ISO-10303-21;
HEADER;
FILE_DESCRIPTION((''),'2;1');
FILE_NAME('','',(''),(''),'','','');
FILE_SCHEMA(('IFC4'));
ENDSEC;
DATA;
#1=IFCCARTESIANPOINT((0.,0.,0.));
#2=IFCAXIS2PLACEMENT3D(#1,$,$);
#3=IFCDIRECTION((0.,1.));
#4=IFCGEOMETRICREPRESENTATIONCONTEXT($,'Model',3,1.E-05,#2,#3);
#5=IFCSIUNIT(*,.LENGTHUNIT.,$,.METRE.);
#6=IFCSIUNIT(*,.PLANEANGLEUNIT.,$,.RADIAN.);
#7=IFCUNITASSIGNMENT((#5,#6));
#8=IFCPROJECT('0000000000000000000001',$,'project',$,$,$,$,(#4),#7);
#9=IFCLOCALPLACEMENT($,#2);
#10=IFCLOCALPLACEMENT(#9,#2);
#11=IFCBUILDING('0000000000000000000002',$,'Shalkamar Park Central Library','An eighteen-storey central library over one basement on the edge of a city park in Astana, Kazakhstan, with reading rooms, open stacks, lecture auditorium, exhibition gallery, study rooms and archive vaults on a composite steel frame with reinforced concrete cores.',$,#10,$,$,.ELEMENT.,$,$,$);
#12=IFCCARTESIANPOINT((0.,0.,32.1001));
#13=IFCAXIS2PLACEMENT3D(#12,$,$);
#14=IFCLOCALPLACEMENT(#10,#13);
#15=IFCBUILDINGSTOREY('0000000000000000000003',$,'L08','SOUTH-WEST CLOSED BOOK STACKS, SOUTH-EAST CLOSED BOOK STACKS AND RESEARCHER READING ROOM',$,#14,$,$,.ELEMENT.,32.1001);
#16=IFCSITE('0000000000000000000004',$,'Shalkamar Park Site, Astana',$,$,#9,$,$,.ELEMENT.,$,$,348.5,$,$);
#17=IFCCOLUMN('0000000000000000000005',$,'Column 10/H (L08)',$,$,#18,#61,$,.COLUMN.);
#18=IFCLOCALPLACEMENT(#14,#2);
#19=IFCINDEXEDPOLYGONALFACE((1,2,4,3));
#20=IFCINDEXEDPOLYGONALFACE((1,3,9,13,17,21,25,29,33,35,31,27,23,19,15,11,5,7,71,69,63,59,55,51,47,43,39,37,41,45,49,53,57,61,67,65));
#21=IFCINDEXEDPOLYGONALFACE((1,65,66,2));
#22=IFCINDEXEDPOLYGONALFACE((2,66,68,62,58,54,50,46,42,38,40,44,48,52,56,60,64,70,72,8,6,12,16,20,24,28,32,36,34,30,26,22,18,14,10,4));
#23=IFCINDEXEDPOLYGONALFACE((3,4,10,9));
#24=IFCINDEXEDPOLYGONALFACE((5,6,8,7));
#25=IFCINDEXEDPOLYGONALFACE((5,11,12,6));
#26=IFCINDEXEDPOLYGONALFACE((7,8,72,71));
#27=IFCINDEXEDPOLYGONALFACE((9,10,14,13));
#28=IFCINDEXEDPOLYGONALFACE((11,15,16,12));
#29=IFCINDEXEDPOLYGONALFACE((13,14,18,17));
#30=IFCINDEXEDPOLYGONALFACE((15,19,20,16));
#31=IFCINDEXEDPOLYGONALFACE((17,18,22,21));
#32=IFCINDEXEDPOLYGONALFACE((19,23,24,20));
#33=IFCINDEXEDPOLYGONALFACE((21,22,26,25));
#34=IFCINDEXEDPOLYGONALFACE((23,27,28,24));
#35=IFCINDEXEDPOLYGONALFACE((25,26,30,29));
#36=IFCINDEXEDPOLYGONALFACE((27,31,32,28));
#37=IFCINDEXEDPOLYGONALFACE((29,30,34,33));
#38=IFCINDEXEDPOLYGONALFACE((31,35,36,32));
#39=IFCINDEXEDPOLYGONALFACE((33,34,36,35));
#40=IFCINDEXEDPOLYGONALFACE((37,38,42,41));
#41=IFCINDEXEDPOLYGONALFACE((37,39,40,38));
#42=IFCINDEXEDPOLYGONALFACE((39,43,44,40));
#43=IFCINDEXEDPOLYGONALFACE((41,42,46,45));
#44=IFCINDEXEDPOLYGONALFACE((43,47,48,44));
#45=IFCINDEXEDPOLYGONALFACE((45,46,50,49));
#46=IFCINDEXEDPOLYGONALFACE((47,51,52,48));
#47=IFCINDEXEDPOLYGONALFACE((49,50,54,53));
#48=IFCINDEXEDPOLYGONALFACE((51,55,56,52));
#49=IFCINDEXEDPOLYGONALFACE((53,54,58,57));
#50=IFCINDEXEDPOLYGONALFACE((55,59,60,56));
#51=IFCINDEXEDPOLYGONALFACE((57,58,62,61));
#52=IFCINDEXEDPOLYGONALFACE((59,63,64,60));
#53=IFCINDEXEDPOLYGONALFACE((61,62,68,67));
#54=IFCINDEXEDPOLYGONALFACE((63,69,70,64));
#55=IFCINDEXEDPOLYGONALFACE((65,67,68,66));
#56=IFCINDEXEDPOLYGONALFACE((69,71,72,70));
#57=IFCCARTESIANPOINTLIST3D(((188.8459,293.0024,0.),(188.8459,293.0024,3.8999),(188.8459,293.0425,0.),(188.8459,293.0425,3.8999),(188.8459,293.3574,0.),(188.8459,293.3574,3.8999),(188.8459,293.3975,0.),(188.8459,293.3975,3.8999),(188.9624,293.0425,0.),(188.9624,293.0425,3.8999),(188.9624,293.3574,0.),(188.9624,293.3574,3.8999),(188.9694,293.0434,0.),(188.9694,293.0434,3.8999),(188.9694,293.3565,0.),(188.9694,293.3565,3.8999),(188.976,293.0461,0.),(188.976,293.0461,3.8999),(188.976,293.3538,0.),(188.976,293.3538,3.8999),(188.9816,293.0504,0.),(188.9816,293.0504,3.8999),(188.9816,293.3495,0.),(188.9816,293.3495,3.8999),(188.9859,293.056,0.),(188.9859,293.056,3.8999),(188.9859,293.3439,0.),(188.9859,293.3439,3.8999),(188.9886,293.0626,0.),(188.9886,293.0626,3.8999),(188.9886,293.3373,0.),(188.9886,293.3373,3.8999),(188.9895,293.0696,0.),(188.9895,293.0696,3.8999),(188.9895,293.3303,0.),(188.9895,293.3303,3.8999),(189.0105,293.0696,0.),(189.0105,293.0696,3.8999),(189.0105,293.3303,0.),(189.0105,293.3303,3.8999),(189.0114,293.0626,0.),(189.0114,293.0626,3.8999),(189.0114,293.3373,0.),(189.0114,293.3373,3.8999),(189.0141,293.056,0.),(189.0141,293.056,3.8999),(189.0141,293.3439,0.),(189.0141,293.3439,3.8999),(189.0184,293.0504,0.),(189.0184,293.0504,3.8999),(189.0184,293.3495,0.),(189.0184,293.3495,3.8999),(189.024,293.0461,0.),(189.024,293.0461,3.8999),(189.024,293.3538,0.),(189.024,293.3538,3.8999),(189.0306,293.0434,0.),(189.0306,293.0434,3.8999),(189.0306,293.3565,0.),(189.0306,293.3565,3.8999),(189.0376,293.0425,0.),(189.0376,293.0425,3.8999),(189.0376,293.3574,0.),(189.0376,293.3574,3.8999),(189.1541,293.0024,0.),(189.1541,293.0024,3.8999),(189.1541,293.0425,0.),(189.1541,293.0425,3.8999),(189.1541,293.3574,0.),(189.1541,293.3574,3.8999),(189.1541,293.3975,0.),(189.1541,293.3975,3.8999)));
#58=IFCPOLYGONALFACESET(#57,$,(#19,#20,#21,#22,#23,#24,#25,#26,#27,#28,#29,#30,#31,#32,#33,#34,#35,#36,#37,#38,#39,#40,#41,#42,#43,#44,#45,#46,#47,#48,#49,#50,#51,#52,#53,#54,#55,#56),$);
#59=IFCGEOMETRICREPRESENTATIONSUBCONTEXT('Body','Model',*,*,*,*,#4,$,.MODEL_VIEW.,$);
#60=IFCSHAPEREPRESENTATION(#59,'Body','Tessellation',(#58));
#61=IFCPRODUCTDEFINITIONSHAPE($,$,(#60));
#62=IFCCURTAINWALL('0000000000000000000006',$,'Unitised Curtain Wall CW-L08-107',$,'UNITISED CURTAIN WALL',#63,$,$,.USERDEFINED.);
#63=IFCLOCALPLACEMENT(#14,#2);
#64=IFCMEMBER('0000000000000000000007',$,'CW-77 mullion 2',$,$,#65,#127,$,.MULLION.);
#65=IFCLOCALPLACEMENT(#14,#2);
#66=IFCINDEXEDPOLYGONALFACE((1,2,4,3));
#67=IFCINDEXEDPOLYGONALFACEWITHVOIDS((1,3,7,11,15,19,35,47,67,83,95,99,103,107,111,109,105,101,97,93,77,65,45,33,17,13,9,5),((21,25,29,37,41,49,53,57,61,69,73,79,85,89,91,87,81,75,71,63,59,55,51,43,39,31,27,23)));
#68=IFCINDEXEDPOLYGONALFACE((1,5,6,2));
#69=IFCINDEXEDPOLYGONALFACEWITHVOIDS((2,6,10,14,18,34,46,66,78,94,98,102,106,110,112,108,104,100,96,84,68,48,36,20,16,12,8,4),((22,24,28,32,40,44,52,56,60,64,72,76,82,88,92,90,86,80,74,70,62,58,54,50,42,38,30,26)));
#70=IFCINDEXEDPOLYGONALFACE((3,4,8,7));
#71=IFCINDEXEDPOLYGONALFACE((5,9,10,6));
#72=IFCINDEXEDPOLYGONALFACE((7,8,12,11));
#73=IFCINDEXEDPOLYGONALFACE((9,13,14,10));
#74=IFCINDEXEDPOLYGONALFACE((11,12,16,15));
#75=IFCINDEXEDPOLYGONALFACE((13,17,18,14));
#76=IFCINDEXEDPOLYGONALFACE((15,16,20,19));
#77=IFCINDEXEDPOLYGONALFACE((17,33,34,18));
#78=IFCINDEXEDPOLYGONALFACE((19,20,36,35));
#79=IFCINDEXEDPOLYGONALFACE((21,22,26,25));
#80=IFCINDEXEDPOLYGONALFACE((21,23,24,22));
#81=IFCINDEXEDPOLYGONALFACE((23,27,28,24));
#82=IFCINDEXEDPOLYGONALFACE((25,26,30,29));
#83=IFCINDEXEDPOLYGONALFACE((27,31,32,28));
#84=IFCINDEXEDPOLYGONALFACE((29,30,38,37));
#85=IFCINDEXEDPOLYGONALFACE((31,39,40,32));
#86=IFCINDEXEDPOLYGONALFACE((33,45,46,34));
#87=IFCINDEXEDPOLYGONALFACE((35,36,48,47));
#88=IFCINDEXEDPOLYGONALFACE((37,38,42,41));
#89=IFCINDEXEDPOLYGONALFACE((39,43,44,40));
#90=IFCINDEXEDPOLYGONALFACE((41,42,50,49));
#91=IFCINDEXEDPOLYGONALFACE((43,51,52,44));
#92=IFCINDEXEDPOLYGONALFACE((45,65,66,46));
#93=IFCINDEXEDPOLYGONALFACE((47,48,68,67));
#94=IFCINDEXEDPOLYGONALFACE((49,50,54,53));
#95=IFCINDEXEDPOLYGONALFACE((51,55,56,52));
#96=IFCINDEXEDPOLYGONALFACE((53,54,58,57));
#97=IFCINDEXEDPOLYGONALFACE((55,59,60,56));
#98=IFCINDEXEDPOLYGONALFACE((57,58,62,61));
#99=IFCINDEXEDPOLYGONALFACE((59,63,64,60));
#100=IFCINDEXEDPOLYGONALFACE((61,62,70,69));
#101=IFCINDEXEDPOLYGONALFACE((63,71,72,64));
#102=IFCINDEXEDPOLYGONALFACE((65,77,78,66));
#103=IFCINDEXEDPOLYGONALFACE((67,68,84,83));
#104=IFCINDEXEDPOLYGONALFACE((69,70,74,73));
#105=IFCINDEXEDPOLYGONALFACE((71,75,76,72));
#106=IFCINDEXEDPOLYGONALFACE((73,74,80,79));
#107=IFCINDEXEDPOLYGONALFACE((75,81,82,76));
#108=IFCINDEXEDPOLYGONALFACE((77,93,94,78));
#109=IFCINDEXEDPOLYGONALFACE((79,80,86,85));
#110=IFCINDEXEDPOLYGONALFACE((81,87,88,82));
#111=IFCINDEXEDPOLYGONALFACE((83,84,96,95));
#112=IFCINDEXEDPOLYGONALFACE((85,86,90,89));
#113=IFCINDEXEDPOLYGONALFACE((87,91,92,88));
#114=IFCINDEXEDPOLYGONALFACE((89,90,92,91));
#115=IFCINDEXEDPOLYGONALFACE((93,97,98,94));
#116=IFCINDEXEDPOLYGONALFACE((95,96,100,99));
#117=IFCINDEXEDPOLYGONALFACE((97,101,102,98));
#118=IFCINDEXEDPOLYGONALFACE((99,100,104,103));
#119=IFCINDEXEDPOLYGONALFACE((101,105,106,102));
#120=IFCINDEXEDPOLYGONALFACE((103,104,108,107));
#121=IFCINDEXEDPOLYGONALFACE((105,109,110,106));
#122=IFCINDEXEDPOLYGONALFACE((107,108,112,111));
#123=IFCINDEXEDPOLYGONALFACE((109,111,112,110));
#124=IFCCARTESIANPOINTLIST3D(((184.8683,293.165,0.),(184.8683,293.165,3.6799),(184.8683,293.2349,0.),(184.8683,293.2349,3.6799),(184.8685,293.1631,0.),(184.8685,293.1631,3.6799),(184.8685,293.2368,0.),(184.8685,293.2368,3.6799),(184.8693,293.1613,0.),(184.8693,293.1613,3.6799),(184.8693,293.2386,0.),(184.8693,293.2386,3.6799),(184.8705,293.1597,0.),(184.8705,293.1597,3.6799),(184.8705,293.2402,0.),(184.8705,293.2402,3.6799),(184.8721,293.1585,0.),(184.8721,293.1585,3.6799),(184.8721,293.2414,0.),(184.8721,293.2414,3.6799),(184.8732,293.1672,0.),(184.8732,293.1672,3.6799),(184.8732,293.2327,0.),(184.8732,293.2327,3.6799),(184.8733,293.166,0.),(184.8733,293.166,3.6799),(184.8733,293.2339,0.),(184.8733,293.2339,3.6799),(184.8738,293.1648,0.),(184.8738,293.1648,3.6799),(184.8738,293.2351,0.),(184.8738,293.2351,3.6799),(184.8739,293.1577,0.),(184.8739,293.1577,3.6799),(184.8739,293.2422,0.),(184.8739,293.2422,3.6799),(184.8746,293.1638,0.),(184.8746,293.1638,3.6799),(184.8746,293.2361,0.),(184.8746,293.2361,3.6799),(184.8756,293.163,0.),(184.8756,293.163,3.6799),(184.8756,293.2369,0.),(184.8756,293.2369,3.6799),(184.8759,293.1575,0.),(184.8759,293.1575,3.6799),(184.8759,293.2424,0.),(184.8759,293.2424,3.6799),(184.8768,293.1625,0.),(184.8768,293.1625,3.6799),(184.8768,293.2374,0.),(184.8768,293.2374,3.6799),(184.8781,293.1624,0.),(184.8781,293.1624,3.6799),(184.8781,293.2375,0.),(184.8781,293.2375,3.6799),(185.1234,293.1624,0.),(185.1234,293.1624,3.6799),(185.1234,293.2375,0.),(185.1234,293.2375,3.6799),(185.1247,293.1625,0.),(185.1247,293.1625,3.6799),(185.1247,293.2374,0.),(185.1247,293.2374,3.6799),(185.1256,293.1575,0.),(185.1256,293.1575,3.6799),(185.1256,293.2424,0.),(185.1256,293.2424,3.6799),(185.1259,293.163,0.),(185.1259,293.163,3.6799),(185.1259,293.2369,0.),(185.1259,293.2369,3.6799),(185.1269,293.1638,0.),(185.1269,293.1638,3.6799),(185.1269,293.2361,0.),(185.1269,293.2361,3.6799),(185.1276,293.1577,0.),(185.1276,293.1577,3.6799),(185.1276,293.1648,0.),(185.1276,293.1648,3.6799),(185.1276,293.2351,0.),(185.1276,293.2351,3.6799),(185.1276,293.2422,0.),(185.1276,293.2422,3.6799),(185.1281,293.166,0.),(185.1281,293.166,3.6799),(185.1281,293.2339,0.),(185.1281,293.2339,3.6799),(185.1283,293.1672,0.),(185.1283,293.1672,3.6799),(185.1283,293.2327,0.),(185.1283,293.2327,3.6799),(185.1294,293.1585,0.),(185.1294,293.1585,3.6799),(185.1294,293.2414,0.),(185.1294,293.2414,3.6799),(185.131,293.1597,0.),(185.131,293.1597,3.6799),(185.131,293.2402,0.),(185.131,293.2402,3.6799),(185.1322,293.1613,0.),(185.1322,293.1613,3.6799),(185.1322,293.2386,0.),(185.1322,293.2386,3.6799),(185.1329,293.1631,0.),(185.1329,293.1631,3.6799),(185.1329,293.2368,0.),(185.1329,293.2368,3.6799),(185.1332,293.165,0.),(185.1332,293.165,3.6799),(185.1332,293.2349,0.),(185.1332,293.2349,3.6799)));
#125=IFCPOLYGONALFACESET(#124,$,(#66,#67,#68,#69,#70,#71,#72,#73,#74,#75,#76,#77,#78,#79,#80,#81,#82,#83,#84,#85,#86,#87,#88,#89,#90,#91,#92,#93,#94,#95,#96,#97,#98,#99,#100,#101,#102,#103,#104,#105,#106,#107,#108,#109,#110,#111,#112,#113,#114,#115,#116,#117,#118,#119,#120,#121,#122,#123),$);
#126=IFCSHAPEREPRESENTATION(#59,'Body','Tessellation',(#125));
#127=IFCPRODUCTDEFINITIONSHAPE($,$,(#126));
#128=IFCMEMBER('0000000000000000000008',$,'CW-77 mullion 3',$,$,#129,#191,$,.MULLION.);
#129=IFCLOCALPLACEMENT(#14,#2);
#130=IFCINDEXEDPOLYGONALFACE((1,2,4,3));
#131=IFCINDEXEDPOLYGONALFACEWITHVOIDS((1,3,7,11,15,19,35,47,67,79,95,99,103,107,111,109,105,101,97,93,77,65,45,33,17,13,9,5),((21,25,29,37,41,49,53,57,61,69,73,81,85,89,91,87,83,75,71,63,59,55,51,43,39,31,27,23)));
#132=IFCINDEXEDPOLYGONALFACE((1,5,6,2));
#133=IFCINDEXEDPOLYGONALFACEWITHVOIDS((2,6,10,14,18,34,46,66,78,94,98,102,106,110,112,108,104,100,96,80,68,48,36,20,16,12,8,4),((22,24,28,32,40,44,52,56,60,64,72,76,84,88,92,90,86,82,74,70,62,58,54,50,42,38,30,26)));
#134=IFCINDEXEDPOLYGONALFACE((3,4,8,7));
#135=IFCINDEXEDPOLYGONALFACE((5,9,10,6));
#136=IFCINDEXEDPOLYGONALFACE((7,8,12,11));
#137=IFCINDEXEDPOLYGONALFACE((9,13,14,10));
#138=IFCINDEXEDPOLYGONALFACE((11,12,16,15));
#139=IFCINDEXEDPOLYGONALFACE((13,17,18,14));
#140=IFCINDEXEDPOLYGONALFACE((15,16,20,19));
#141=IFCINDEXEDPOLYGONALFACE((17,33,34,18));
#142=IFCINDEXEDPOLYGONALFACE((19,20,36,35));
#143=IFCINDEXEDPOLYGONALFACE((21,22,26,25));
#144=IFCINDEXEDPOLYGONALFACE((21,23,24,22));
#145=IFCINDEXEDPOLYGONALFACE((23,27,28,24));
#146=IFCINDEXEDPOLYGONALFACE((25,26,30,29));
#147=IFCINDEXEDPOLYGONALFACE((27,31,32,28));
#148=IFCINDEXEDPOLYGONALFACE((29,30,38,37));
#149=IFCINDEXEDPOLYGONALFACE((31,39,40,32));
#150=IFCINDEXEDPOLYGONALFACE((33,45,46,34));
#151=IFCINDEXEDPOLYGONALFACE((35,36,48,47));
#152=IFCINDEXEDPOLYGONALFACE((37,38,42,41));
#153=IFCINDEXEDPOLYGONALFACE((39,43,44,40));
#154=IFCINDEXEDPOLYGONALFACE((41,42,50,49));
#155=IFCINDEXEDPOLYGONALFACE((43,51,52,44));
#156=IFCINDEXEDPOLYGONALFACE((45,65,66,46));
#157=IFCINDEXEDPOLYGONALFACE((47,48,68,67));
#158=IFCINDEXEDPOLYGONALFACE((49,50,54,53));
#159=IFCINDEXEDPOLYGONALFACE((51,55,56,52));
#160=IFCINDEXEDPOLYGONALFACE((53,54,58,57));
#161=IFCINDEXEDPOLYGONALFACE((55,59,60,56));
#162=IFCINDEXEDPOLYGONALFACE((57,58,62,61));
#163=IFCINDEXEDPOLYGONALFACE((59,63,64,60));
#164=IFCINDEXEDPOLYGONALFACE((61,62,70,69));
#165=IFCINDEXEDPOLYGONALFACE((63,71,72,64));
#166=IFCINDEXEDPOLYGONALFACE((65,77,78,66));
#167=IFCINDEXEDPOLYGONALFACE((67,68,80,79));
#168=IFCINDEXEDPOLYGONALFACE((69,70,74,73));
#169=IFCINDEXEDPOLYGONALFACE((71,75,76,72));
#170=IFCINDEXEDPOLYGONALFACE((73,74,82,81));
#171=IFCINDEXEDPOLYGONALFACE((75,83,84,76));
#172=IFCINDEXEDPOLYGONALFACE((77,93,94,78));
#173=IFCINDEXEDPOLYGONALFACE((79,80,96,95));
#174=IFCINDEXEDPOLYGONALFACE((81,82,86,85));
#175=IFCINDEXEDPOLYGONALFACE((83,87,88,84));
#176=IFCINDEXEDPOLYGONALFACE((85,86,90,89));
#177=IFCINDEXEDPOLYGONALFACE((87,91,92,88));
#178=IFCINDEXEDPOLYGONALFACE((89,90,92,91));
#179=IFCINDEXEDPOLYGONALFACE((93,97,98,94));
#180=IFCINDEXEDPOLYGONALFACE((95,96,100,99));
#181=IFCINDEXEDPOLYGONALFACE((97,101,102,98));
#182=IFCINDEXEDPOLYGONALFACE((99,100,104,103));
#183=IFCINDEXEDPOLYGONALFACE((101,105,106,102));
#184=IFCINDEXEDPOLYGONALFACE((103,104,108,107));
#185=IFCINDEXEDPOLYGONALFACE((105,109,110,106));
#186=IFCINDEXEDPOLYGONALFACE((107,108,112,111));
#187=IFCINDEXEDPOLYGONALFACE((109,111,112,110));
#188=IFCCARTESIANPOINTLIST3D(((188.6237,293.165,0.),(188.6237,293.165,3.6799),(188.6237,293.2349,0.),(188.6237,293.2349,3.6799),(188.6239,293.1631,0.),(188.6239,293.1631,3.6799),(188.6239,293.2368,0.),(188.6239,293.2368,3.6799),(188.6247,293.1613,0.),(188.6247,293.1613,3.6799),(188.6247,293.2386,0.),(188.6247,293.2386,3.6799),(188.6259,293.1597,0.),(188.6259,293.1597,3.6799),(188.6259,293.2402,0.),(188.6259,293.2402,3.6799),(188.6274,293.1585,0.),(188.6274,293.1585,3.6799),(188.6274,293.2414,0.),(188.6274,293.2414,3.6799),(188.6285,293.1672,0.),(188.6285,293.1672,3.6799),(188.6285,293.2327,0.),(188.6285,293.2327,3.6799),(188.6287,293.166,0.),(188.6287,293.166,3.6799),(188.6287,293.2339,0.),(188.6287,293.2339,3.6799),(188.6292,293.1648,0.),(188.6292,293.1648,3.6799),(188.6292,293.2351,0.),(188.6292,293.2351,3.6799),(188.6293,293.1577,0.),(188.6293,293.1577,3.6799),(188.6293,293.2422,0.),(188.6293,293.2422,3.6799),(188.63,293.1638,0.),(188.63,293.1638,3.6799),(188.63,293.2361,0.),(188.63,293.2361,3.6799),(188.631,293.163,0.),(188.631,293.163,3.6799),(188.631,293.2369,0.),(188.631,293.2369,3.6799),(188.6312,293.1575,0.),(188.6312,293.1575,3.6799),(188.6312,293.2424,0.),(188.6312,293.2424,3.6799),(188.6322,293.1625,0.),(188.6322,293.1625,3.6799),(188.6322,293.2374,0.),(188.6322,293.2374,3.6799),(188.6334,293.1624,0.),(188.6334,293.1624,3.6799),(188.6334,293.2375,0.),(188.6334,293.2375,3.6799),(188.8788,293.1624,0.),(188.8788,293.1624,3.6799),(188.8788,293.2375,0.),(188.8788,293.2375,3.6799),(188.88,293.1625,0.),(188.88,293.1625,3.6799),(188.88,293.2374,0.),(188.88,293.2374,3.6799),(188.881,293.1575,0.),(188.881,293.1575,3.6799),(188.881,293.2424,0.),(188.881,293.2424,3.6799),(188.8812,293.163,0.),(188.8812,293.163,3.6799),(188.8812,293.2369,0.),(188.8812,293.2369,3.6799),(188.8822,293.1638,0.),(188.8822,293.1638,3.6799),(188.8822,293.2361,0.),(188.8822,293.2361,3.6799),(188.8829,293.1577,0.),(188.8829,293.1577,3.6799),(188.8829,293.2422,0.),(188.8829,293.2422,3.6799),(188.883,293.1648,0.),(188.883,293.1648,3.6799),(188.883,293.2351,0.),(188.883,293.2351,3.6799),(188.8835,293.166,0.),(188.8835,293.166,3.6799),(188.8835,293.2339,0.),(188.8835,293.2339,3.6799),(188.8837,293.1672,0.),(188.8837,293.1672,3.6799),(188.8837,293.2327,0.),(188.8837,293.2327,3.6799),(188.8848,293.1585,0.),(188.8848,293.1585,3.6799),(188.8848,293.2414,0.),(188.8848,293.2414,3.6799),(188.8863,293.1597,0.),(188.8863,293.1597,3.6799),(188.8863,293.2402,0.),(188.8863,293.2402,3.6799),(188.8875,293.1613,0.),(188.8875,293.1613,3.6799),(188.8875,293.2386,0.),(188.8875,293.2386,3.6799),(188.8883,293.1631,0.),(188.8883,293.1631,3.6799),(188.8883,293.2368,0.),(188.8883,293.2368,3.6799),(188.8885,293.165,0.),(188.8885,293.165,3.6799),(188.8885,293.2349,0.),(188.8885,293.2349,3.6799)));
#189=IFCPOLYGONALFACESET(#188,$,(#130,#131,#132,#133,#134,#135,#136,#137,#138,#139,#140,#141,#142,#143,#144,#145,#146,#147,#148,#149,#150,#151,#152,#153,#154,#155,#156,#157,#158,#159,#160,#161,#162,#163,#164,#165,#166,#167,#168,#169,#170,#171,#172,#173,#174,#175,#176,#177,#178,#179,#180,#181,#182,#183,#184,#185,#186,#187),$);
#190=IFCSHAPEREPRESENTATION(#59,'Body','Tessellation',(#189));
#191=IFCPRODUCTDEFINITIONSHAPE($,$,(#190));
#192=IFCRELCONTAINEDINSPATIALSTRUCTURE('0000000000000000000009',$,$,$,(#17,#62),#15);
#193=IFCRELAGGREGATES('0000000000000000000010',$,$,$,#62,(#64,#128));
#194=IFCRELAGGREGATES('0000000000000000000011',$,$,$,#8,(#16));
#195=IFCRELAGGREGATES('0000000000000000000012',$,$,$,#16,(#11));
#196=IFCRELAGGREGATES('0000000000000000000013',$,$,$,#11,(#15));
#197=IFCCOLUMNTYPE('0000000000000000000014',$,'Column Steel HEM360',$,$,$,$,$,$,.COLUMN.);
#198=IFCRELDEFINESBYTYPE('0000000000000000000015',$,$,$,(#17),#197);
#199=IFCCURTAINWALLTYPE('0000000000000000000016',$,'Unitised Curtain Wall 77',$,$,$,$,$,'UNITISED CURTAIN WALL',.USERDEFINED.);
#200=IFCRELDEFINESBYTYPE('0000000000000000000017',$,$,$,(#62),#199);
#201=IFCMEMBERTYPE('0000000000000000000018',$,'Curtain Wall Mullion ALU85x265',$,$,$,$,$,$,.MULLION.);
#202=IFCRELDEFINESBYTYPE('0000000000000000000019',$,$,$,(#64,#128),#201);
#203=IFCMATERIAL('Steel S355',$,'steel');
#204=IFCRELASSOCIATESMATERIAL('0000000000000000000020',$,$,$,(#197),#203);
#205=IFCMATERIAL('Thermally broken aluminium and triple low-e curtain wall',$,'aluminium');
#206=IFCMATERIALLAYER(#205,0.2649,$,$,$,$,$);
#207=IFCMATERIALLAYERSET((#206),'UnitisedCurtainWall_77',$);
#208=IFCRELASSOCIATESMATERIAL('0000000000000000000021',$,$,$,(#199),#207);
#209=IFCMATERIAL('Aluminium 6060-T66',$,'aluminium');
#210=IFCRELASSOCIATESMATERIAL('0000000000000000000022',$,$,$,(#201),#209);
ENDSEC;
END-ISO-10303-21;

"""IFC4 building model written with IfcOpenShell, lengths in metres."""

from ifc_helpers import new_model, si_unit, direction, frame, origin, origin_2d, place, context, subcontext, project, spatial, hollow_rectangle, i_section, extrude, material, layer, layer_set, material_profile, profile_set, type_object, element, aggregate, save


model = new_model("IFC4")

# Units and contexts
model_context = context("Model", 3, precision=1e-05, world=origin(), true_north=direction((0.0, 1.0)))
body_context = subcontext(model_context, "Body", "Model", "MODEL_VIEW")
ifc_project = project(units=[si_unit("LENGTHUNIT", "METRE"), si_unit("PLANEANGLEUNIT", "RADIAN")], contexts=[model_context])

# Site, building, storey
site_placement = place(None, origin())
site = spatial("IfcSite", under=ifc_project, at=site_placement, Name="Shalkamar Park Site, Astana", CompositionType="ELEMENT", RefElevation=348.5)
building_placement = place(site_placement, origin())
building = spatial("IfcBuilding", under=site, at=building_placement, Name="Shalkamar Park Central Library", Description="An eighteen-storey central library over one basement on the edge of a city park in Astana, Kazakhstan, with reading rooms, open stacks, lecture auditorium, exhibition gallery, study rooms and archive vaults on a composite steel frame with reinforced concrete cores.", CompositionType="ELEMENT")
storey_placement = place(building_placement, frame((0.0, 0.0, 32.1001)))
storey = spatial("IfcBuildingStorey", under=building, at=storey_placement, Name="L08", Description="SOUTH-WEST CLOSED BOOK STACKS, SOUTH-EAST CLOSED BOOK STACKS AND RESEARCHER READING ROOM", CompositionType="ELEMENT", Elevation=32.1001)

# Column
ifc_material_1 = material(Name="Steel S355", Category="steel")
ifc_material_profile_1 = material_profile(ifc_material_1, i_section(OverallWidth=0.3081, OverallDepth=0.395, WebThickness=0.021, FlangeThickness=0.04, FilletRadius=0.0271, at=origin_2d()), Name="HEM 360")
ifc_profile_set_1 = profile_set([ifc_material_profile_1], Name="Steel S355")
column_type = type_object("IfcColumnType", Name="Column Steel HEM360", PredefinedType="COLUMN", material=ifc_profile_set_1)
column_placement = place(storey_placement, frame((189.0, 293.2, 0.0), z_axis=(0.0, 0.0, 1.0), x_axis=(1.0, 0.0, 0.0)))
element("IfcColumn", 1, at=column_placement, inside=storey, type_object=column_type, Name="Column 10/H (L08)", PredefinedType="COLUMN", context=body_context, shape_type="SweptSolid", body=[
    extrude(i_section(OverallWidth=0.3081, OverallDepth=0.395, WebThickness=0.021, FlangeThickness=0.04, FilletRadius=0.0271, at=origin_2d()), origin(), (0.0, 0.0, 1.0), 3.8999),
])

# Curtain wall, members
ifc_material_2 = material(Name="Thermally broken aluminium and triple low-e curtain wall", Category="aluminium")
ifc_layer_1 = layer(ifc_material_2, 0.2649)
ifc_layer_set_1 = layer_set([ifc_layer_1], Name="UnitisedCurtainWall_77")
curtain_wall_type_1 = type_object("IfcCurtainWallType", Name="Unitised Curtain Wall 77", ElementType="UNITISED CURTAIN WALL", PredefinedType="USERDEFINED", material=ifc_layer_set_1)
curtain_wall_1_placement = place(storey_placement, origin())
curtain_wall_1 = element("IfcCurtainWall", 2, at=curtain_wall_1_placement, inside=storey, type_object=curtain_wall_type_1, Name="Unitised Curtain Wall CW-L08-107", ObjectType="UNITISED CURTAIN WALL", PredefinedType="USERDEFINED")
ifc_material_3 = material(Name="Aluminium 6060-T66", Category="aluminium")
ifc_material_profile_2 = material_profile(ifc_material_3, hollow_rectangle(XDim=0.085, YDim=0.2649, WallThickness=0.0049, InnerFilletRadius=0.0049, OuterFilletRadius=0.0076, at=origin_2d()), Name="ALU 85x265x5")
ifc_profile_set_2 = profile_set([ifc_material_profile_2], Name="Aluminium 6060-T66")
member_type_1 = type_object("IfcMemberType", Name="Curtain Wall Mullion ALU85x265", PredefinedType="MULLION", material=ifc_profile_set_2)
member_1_placement = place(storey_placement, frame((185.0007, 293.2, 0.0), z_axis=(0.0, 0.0, 1.0), x_axis=(0.0, 1.0, 0.0)))
member_1 = element("IfcMember", 3, at=member_1_placement, type_object=member_type_1, Name="CW-77 mullion 2", PredefinedType="MULLION", context=body_context, shape_type="SweptSolid", body=[
    extrude(hollow_rectangle(XDim=0.085, YDim=0.2649, WallThickness=0.0049, InnerFilletRadius=0.0049, OuterFilletRadius=0.0076, at=origin_2d()), origin(), (0.0, 0.0, 1.0), 3.6799),
])
member_2_placement = place(storey_placement, frame((188.7561, 293.2, 0.0), z_axis=(0.0, 0.0, 1.0), x_axis=(0.0, 1.0, 0.0)))
member_2 = element("IfcMember", 4, at=member_2_placement, type_object=member_type_1, Name="CW-77 mullion 3", PredefinedType="MULLION", context=body_context, shape_type="SweptSolid", body=[
    extrude(hollow_rectangle(XDim=0.085, YDim=0.2649, WallThickness=0.0049, InnerFilletRadius=0.0049, OuterFilletRadius=0.0076, at=origin_2d()), origin(), (0.0, 0.0, 1.0), 3.6799),
])

aggregate(curtain_wall_1, [member_1, member_2])

save(model, "model.ifc")
